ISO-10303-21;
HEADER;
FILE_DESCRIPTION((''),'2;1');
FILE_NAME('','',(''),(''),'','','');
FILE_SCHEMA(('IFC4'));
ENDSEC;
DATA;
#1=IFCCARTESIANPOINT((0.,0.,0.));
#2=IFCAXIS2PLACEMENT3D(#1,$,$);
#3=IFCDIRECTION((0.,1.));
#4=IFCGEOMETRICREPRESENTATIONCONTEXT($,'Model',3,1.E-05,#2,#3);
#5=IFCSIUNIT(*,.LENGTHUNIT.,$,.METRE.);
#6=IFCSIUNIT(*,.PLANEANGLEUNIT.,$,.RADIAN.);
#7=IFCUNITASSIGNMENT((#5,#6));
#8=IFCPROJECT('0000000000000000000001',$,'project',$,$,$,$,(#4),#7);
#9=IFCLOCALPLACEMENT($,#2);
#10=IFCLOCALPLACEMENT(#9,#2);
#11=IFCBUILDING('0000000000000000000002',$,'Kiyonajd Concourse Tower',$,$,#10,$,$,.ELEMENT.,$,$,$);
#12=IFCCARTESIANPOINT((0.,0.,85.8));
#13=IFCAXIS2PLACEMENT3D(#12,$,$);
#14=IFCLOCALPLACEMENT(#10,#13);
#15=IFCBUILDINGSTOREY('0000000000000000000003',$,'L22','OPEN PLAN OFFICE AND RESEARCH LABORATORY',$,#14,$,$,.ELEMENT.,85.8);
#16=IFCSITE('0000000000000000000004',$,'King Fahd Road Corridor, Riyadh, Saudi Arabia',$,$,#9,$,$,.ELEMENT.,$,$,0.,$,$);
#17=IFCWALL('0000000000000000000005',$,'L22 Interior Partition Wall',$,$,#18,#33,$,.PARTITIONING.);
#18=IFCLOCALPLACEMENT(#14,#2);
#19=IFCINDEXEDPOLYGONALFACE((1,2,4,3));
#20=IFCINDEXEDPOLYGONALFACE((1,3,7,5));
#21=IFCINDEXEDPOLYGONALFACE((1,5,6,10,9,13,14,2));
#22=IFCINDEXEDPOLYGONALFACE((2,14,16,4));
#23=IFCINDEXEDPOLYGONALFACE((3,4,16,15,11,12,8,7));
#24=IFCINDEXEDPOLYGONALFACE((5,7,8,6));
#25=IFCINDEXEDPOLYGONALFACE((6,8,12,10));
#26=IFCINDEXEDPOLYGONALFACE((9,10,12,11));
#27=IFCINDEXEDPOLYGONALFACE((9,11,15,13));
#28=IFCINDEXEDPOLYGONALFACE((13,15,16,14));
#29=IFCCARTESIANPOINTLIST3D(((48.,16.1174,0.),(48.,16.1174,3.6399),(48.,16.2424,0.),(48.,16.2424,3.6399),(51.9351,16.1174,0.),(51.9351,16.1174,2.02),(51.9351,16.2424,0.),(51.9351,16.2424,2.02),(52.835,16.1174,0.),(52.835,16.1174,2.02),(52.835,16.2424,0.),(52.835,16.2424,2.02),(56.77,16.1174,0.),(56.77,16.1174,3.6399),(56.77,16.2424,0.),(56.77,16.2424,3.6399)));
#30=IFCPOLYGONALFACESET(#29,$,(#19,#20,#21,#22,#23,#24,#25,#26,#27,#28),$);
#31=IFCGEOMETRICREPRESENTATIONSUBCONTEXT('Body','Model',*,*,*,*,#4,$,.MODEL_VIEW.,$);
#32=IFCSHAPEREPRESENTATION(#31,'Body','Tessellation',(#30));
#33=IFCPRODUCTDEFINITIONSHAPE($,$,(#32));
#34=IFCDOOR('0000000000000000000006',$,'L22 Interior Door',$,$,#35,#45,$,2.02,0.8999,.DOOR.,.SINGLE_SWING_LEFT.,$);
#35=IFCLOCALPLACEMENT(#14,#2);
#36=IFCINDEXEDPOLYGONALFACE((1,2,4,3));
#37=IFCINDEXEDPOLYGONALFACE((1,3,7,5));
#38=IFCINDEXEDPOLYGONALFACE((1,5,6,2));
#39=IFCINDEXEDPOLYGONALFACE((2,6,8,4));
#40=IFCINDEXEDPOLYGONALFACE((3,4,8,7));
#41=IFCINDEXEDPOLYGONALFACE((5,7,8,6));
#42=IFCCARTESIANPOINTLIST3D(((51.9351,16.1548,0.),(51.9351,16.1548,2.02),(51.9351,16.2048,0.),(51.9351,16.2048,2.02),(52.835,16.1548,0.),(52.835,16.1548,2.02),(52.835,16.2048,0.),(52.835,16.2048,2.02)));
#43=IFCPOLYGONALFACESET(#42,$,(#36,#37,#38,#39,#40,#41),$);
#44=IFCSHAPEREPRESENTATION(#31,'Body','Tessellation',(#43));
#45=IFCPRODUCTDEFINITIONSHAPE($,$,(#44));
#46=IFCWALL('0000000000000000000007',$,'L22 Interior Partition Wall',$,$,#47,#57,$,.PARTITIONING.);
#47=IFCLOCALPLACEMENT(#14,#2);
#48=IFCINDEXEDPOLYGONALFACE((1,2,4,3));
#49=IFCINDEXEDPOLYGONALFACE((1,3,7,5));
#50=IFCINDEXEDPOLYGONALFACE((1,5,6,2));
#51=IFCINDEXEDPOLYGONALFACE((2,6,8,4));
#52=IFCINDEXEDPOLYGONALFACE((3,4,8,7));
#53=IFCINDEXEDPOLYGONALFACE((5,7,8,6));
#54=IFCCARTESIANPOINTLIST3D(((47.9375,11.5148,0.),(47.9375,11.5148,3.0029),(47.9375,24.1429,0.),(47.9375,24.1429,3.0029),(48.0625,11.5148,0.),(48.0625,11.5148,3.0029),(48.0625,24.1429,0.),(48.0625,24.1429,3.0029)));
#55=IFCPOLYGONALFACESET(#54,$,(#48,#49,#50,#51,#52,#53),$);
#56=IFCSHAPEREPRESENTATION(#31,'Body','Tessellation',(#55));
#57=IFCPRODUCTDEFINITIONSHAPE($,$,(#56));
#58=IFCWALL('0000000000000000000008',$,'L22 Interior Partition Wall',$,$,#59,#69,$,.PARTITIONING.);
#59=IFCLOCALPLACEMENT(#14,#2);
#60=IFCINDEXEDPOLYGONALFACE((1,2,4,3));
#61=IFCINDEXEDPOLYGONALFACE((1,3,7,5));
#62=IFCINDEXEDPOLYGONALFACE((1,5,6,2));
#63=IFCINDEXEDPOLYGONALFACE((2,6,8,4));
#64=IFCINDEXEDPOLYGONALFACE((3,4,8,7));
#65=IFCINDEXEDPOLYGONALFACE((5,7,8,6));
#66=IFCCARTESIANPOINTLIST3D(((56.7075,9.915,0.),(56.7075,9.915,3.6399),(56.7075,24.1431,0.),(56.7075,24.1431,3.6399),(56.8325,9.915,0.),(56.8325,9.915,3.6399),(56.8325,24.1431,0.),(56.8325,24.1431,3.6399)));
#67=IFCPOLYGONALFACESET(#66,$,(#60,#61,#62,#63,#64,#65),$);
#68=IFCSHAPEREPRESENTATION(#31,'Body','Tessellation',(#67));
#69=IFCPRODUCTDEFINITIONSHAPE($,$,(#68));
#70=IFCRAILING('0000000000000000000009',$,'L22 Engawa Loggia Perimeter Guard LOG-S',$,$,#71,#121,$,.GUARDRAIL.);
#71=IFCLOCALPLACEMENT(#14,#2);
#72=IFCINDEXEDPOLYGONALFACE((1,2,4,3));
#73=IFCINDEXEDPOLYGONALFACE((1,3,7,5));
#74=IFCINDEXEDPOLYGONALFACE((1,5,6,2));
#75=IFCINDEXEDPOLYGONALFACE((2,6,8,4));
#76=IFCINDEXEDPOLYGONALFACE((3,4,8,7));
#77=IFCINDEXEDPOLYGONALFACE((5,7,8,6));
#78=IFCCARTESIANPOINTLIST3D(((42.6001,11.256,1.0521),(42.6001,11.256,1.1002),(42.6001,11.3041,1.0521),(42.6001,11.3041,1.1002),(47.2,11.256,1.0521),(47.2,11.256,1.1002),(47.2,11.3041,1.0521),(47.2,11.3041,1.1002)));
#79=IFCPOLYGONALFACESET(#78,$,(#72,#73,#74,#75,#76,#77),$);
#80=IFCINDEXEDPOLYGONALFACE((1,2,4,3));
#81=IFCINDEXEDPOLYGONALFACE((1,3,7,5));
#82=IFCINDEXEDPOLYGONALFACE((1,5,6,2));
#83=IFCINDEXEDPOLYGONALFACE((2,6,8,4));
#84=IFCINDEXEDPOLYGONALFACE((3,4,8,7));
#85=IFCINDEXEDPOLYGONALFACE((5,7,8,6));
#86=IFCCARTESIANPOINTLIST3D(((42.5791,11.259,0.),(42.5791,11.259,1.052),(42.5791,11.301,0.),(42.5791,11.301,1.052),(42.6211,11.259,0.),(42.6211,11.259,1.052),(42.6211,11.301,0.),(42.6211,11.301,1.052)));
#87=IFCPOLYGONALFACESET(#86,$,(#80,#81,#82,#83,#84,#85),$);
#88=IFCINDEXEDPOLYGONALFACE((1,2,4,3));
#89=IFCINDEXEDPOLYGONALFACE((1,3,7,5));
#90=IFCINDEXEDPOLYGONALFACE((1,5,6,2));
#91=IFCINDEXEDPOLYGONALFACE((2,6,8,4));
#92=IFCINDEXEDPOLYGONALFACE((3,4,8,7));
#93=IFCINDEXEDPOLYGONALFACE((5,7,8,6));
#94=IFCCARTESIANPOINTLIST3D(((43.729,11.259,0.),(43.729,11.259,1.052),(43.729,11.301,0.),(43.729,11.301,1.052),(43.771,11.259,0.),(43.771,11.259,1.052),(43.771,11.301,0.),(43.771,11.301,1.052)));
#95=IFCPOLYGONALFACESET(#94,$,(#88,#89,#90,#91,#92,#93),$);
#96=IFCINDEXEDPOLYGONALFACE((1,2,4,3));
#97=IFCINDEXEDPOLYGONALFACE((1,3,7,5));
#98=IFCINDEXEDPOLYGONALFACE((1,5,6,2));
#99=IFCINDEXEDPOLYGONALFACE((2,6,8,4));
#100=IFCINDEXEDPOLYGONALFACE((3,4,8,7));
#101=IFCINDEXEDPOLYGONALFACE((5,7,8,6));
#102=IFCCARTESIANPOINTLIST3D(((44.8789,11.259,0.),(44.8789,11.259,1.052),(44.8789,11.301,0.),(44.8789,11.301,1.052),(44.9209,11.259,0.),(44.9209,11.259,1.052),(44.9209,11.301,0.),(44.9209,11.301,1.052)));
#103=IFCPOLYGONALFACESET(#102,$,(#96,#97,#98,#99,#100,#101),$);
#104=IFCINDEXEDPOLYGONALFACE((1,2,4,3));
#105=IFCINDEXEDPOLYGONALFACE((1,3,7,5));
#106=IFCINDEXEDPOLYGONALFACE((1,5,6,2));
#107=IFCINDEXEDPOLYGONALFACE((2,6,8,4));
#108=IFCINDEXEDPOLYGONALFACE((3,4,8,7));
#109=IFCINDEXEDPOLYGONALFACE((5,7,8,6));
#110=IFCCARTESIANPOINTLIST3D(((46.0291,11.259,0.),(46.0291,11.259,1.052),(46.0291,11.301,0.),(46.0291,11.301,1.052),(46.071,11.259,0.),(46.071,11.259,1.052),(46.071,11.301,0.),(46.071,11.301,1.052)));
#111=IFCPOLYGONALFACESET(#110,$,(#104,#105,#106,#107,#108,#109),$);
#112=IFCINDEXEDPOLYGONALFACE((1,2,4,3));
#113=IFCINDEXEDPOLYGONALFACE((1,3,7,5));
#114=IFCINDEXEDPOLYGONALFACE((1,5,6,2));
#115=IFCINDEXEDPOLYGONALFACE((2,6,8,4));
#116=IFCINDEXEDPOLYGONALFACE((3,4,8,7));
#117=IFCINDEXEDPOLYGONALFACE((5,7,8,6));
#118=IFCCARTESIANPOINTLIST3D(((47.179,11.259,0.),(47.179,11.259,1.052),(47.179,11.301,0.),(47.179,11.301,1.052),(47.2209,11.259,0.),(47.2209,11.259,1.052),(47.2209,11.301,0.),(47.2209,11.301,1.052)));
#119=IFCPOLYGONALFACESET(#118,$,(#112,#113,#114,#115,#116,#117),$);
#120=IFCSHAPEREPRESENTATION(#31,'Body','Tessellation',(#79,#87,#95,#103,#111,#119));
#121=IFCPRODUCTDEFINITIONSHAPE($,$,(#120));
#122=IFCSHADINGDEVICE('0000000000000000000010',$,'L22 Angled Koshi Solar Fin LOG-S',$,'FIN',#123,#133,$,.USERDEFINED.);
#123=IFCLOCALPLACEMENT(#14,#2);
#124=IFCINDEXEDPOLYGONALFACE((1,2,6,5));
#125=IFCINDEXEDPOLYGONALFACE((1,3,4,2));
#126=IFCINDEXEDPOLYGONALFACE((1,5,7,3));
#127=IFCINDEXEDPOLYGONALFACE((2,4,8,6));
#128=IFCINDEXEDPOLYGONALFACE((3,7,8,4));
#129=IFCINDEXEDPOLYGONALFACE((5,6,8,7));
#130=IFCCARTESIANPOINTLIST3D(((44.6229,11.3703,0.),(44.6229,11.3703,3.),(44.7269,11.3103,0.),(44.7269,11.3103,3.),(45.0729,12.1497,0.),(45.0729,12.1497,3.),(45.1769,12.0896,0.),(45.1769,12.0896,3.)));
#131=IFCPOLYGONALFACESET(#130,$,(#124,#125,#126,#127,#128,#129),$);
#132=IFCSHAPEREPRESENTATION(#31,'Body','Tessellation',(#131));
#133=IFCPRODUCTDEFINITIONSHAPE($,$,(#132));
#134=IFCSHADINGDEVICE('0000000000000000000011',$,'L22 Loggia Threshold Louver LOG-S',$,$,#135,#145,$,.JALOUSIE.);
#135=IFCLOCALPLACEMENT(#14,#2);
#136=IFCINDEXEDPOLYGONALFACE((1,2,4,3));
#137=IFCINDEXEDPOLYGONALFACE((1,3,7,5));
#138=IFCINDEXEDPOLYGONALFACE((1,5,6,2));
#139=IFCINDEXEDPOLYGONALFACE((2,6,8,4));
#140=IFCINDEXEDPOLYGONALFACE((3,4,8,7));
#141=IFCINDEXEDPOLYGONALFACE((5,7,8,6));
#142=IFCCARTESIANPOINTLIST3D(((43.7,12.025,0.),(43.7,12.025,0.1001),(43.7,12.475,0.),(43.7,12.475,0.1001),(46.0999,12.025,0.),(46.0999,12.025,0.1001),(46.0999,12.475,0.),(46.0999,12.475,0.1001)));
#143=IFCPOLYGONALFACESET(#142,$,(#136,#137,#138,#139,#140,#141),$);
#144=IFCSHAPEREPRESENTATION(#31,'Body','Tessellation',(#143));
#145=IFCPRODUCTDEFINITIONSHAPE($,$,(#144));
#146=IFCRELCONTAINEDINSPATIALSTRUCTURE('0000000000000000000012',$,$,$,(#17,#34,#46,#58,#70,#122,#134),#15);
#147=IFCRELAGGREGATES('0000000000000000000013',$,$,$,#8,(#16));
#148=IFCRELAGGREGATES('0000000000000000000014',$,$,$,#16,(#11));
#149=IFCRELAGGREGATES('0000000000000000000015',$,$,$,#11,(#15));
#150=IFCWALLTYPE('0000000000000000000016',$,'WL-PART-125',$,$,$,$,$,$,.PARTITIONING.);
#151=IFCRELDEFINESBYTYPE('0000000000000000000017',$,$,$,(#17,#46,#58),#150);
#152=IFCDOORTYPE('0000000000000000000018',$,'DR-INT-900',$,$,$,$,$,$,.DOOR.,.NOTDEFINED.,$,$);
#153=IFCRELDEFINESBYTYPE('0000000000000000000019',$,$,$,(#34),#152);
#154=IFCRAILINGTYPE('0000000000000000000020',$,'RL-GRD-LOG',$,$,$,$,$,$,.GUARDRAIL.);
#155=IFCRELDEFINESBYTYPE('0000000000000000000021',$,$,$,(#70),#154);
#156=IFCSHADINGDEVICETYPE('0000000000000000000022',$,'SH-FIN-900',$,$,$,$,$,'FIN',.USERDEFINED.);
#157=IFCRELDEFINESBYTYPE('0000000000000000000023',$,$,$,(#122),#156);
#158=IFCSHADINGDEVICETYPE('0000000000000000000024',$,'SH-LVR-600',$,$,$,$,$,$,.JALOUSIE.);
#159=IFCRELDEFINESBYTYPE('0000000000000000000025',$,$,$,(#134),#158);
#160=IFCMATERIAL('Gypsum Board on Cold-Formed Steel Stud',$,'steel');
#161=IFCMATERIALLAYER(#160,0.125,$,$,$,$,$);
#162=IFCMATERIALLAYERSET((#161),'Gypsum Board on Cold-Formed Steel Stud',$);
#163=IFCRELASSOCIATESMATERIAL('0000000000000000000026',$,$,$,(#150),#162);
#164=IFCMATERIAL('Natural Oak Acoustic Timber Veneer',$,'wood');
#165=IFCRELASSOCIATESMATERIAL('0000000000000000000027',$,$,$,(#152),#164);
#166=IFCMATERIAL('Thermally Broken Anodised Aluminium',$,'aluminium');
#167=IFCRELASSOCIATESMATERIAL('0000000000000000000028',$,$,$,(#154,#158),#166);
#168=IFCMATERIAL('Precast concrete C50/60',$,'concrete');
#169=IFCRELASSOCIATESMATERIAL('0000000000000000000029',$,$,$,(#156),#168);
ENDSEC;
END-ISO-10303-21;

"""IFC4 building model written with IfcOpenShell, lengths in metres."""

from ifc_helpers import new_model, si_unit, direction, frame, frame_2d, origin, origin_2d, place, context, subcontext, project, spatial, rectangle, extrude, material, layer, layer_set, type_object, element, fill, save


model = new_model("IFC4")

# Units and contexts
model_context = context("Model", 3, precision=1e-05, world=origin(), true_north=direction((0.0, 1.0)))
body_context = subcontext(model_context, "Body", "Model", "MODEL_VIEW")
ifc_project = project(units=[si_unit("LENGTHUNIT", "METRE"), si_unit("PLANEANGLEUNIT", "RADIAN")], contexts=[model_context])

# Site, building, storey
site_placement = place(None, origin())
site = spatial("IfcSite", under=ifc_project, at=site_placement, Name="King Fahd Road Corridor, Riyadh, Saudi Arabia", CompositionType="ELEMENT", RefElevation=0.0)
building_placement = place(site_placement, origin())
building = spatial("IfcBuilding", under=site, at=building_placement, Name="Kiyonajd Concourse Tower", CompositionType="ELEMENT")
storey_placement = place(building_placement, frame((0.0, 0.0, 85.8)))
storey = spatial("IfcBuildingStorey", under=building, at=storey_placement, Name="L22", Description="OPEN PLAN OFFICE AND RESEARCH LABORATORY", CompositionType="ELEMENT", Elevation=85.8)

# Shared definitions
ifc_material_1 = material(Name="Precast concrete C50/60", Category="concrete")

# Shared definitions
ifc_material_2 = material(Name="Thermally Broken Anodised Aluminium", Category="aluminium")

# Wall, opening, door
ifc_material_3 = material(Name="Gypsum Board on Cold-Formed Steel Stud", Category="steel")
ifc_layer_1 = layer(ifc_material_3, 0.125)
ifc_layer_set_1 = layer_set([ifc_layer_1], Name="Gypsum Board on Cold-Formed Steel Stud")
wall_type_1 = type_object("IfcWallType", Name="WL-PART-125", PredefinedType="PARTITIONING", material=ifc_layer_set_1)
wall_1_placement = place(storey_placement, frame((48.0, 16.1799, 0.0), z_axis=(0.0, 0.0, 1.0), x_axis=(1.0, 0.0, 0.0)))
wall_1 = element("IfcWall", 1, at=wall_1_placement, inside=storey, type_object=wall_type_1, Name="L22 Interior Partition Wall", PredefinedType="PARTITIONING", context=body_context, shape_type="SweptSolid", body=[
    extrude(rectangle(XDim=8.77, YDim=0.125, at=frame_2d((4.385, 0.0))), origin(), (0.0, 0.0, 1.0), 3.6399),
])
opening_1_placement = place(wall_1_placement, frame((3.9351, 0.0, 0.0)))
opening_1 = element("IfcOpeningElement", 2, at=opening_1_placement, cuts=wall_1, PredefinedType="OPENING", context=body_context, shape_type="SweptSolid", body=[
    extrude(rectangle(XDim=0.8999, YDim=2.02, at=frame_2d((0.45, 1.01))), frame((0.0, 0.0725, 0.0), z_axis=(0.0, -1.0, 0.0), x_axis=(1.0, 0.0, 0.0)), (0.0, 0.0, 1.0), 0.145),
])
ifc_material_4 = material(Name="Natural Oak Acoustic Timber Veneer", Category="wood")
door_type_1 = type_object("IfcDoorType", Name="DR-INT-900", OperationType="NOTDEFINED", PredefinedType="DOOR", material=ifc_material_4)
door_1_placement = place(opening_1_placement, origin())
door_1 = element("IfcDoor", 3, at=door_1_placement, inside=storey, type_object=door_type_1, Name="L22 Interior Door", OperationType="SINGLE_SWING_LEFT", OverallHeight=2.02, OverallWidth=0.8999, PredefinedType="DOOR", context=body_context, shape_type="SweptSolid", body=[
    extrude(rectangle(XDim=0.8999, YDim=2.02, at=frame_2d((0.45, 1.01))), frame((0.0, 0.0249, 0.0), z_axis=(0.0, -1.0, 0.0), x_axis=(1.0, 0.0, 0.0)), (0.0, 0.0, 1.0), 0.05),
])
fill(opening_1, door_1)

# Walls
wall_2_placement = place(storey_placement, frame((48.0, 11.5149, 0.0), z_axis=(0.0, 0.0, 1.0), x_axis=(0.0, 1.0, 0.0)))
element("IfcWall", 4, at=wall_2_placement, inside=storey, type_object=wall_type_1, Name="L22 Interior Partition Wall", PredefinedType="PARTITIONING", context=body_context, shape_type="SweptSolid", body=[
    extrude(rectangle(XDim=12.6282, YDim=0.125, at=frame_2d((6.314, 0.0))), origin(), (0.0, 0.0, 1.0), 3.0029),
])
wall_3_placement = place(storey_placement, frame((56.77, 9.915, 0.0), z_axis=(0.0, 0.0, 1.0), x_axis=(0.0, 1.0, 0.0)))
element("IfcWall", 5, at=wall_3_placement, inside=storey, type_object=wall_type_1, Name="L22 Interior Partition Wall", PredefinedType="PARTITIONING", context=body_context, shape_type="SweptSolid", body=[
    extrude(rectangle(XDim=14.228, YDim=0.125, at=frame_2d((7.114, 0.0))), origin(), (0.0, 0.0, 1.0), 3.6399),
])

# Railing
railing_type = type_object("IfcRailingType", Name="RL-GRD-LOG", PredefinedType="GUARDRAIL", material=ifc_material_2)
railing_placement = place(storey_placement, frame((42.6001, 11.28, 0.0)))
element("IfcRailing", 6, at=railing_placement, inside=storey, type_object=railing_type, Name="L22 Engawa Loggia Perimeter Guard LOG-S", PredefinedType="GUARDRAIL", context=body_context, shape_type="SweptSolid", body=[
    extrude(rectangle(XDim=0.0481, YDim=0.0481, at=origin_2d()), frame((0.0, 0.0, 1.0762), z_axis=(1.0, 0.0, 0.0), x_axis=(0.0, 1.0, 0.0)), (0.0, 0.0, 1.0), 4.5999),
    extrude(rectangle(XDim=0.042, YDim=0.042, at=origin_2d()), origin(), (0.0, 0.0, 1.0), 1.052),
    extrude(rectangle(XDim=0.042, YDim=0.042, at=origin_2d()), frame((1.1499, 0.0, 0.0)), (0.0, 0.0, 1.0), 1.052),
    extrude(rectangle(XDim=0.042, YDim=0.042, at=origin_2d()), frame((2.2998, 0.0, 0.0)), (0.0, 0.0, 1.0), 1.052),
    extrude(rectangle(XDim=0.042, YDim=0.042, at=origin_2d()), frame((3.45, 0.0, 0.0)), (0.0, 0.0, 1.0), 1.052),
    extrude(rectangle(XDim=0.042, YDim=0.042, at=origin_2d()), frame((4.5999, 0.0, 0.0)), (0.0, 0.0, 1.0), 1.052),
])

# Shading devices
shading_device_type_1 = type_object("IfcShadingDeviceType", Name="SH-FIN-900", ElementType="FIN", PredefinedType="USERDEFINED", material=ifc_material_1)
shading_device_1_placement = place(storey_placement, frame((44.8999, 11.73, 0.0), z_axis=(0.0, 0.0, 1.0), x_axis=(0.5, 0.866025, 0.0)))
element("IfcShadingDevice", 7, at=shading_device_1_placement, inside=storey, type_object=shading_device_type_1, Name="L22 Angled Koshi Solar Fin LOG-S", ObjectType="FIN", PredefinedType="USERDEFINED", context=body_context, shape_type="SweptSolid", body=[
    extrude(rectangle(XDim=0.8999, YDim=0.1201, at=origin_2d()), origin(), (0.0, 0.0, 1.0), 3.0),
])
shading_device_type_2 = type_object("IfcShadingDeviceType", Name="SH-LVR-600", PredefinedType="JALOUSIE", material=ifc_material_2)
shading_device_2_placement = place(storey_placement, frame((44.8999, 12.25, 0.0), z_axis=(0.0, 0.0, 1.0), x_axis=(1.0, 0.0, 0.0)))
element("IfcShadingDevice", 8, at=shading_device_2_placement, inside=storey, type_object=shading_device_type_2, Name="L22 Loggia Threshold Louver LOG-S", PredefinedType="JALOUSIE", context=body_context, shape_type="SweptSolid", body=[
    extrude(rectangle(XDim=2.3999, YDim=0.45, at=origin_2d()), origin(), (0.0, 0.0, 1.0), 0.1001),
])

save(model, "model.ifc")
